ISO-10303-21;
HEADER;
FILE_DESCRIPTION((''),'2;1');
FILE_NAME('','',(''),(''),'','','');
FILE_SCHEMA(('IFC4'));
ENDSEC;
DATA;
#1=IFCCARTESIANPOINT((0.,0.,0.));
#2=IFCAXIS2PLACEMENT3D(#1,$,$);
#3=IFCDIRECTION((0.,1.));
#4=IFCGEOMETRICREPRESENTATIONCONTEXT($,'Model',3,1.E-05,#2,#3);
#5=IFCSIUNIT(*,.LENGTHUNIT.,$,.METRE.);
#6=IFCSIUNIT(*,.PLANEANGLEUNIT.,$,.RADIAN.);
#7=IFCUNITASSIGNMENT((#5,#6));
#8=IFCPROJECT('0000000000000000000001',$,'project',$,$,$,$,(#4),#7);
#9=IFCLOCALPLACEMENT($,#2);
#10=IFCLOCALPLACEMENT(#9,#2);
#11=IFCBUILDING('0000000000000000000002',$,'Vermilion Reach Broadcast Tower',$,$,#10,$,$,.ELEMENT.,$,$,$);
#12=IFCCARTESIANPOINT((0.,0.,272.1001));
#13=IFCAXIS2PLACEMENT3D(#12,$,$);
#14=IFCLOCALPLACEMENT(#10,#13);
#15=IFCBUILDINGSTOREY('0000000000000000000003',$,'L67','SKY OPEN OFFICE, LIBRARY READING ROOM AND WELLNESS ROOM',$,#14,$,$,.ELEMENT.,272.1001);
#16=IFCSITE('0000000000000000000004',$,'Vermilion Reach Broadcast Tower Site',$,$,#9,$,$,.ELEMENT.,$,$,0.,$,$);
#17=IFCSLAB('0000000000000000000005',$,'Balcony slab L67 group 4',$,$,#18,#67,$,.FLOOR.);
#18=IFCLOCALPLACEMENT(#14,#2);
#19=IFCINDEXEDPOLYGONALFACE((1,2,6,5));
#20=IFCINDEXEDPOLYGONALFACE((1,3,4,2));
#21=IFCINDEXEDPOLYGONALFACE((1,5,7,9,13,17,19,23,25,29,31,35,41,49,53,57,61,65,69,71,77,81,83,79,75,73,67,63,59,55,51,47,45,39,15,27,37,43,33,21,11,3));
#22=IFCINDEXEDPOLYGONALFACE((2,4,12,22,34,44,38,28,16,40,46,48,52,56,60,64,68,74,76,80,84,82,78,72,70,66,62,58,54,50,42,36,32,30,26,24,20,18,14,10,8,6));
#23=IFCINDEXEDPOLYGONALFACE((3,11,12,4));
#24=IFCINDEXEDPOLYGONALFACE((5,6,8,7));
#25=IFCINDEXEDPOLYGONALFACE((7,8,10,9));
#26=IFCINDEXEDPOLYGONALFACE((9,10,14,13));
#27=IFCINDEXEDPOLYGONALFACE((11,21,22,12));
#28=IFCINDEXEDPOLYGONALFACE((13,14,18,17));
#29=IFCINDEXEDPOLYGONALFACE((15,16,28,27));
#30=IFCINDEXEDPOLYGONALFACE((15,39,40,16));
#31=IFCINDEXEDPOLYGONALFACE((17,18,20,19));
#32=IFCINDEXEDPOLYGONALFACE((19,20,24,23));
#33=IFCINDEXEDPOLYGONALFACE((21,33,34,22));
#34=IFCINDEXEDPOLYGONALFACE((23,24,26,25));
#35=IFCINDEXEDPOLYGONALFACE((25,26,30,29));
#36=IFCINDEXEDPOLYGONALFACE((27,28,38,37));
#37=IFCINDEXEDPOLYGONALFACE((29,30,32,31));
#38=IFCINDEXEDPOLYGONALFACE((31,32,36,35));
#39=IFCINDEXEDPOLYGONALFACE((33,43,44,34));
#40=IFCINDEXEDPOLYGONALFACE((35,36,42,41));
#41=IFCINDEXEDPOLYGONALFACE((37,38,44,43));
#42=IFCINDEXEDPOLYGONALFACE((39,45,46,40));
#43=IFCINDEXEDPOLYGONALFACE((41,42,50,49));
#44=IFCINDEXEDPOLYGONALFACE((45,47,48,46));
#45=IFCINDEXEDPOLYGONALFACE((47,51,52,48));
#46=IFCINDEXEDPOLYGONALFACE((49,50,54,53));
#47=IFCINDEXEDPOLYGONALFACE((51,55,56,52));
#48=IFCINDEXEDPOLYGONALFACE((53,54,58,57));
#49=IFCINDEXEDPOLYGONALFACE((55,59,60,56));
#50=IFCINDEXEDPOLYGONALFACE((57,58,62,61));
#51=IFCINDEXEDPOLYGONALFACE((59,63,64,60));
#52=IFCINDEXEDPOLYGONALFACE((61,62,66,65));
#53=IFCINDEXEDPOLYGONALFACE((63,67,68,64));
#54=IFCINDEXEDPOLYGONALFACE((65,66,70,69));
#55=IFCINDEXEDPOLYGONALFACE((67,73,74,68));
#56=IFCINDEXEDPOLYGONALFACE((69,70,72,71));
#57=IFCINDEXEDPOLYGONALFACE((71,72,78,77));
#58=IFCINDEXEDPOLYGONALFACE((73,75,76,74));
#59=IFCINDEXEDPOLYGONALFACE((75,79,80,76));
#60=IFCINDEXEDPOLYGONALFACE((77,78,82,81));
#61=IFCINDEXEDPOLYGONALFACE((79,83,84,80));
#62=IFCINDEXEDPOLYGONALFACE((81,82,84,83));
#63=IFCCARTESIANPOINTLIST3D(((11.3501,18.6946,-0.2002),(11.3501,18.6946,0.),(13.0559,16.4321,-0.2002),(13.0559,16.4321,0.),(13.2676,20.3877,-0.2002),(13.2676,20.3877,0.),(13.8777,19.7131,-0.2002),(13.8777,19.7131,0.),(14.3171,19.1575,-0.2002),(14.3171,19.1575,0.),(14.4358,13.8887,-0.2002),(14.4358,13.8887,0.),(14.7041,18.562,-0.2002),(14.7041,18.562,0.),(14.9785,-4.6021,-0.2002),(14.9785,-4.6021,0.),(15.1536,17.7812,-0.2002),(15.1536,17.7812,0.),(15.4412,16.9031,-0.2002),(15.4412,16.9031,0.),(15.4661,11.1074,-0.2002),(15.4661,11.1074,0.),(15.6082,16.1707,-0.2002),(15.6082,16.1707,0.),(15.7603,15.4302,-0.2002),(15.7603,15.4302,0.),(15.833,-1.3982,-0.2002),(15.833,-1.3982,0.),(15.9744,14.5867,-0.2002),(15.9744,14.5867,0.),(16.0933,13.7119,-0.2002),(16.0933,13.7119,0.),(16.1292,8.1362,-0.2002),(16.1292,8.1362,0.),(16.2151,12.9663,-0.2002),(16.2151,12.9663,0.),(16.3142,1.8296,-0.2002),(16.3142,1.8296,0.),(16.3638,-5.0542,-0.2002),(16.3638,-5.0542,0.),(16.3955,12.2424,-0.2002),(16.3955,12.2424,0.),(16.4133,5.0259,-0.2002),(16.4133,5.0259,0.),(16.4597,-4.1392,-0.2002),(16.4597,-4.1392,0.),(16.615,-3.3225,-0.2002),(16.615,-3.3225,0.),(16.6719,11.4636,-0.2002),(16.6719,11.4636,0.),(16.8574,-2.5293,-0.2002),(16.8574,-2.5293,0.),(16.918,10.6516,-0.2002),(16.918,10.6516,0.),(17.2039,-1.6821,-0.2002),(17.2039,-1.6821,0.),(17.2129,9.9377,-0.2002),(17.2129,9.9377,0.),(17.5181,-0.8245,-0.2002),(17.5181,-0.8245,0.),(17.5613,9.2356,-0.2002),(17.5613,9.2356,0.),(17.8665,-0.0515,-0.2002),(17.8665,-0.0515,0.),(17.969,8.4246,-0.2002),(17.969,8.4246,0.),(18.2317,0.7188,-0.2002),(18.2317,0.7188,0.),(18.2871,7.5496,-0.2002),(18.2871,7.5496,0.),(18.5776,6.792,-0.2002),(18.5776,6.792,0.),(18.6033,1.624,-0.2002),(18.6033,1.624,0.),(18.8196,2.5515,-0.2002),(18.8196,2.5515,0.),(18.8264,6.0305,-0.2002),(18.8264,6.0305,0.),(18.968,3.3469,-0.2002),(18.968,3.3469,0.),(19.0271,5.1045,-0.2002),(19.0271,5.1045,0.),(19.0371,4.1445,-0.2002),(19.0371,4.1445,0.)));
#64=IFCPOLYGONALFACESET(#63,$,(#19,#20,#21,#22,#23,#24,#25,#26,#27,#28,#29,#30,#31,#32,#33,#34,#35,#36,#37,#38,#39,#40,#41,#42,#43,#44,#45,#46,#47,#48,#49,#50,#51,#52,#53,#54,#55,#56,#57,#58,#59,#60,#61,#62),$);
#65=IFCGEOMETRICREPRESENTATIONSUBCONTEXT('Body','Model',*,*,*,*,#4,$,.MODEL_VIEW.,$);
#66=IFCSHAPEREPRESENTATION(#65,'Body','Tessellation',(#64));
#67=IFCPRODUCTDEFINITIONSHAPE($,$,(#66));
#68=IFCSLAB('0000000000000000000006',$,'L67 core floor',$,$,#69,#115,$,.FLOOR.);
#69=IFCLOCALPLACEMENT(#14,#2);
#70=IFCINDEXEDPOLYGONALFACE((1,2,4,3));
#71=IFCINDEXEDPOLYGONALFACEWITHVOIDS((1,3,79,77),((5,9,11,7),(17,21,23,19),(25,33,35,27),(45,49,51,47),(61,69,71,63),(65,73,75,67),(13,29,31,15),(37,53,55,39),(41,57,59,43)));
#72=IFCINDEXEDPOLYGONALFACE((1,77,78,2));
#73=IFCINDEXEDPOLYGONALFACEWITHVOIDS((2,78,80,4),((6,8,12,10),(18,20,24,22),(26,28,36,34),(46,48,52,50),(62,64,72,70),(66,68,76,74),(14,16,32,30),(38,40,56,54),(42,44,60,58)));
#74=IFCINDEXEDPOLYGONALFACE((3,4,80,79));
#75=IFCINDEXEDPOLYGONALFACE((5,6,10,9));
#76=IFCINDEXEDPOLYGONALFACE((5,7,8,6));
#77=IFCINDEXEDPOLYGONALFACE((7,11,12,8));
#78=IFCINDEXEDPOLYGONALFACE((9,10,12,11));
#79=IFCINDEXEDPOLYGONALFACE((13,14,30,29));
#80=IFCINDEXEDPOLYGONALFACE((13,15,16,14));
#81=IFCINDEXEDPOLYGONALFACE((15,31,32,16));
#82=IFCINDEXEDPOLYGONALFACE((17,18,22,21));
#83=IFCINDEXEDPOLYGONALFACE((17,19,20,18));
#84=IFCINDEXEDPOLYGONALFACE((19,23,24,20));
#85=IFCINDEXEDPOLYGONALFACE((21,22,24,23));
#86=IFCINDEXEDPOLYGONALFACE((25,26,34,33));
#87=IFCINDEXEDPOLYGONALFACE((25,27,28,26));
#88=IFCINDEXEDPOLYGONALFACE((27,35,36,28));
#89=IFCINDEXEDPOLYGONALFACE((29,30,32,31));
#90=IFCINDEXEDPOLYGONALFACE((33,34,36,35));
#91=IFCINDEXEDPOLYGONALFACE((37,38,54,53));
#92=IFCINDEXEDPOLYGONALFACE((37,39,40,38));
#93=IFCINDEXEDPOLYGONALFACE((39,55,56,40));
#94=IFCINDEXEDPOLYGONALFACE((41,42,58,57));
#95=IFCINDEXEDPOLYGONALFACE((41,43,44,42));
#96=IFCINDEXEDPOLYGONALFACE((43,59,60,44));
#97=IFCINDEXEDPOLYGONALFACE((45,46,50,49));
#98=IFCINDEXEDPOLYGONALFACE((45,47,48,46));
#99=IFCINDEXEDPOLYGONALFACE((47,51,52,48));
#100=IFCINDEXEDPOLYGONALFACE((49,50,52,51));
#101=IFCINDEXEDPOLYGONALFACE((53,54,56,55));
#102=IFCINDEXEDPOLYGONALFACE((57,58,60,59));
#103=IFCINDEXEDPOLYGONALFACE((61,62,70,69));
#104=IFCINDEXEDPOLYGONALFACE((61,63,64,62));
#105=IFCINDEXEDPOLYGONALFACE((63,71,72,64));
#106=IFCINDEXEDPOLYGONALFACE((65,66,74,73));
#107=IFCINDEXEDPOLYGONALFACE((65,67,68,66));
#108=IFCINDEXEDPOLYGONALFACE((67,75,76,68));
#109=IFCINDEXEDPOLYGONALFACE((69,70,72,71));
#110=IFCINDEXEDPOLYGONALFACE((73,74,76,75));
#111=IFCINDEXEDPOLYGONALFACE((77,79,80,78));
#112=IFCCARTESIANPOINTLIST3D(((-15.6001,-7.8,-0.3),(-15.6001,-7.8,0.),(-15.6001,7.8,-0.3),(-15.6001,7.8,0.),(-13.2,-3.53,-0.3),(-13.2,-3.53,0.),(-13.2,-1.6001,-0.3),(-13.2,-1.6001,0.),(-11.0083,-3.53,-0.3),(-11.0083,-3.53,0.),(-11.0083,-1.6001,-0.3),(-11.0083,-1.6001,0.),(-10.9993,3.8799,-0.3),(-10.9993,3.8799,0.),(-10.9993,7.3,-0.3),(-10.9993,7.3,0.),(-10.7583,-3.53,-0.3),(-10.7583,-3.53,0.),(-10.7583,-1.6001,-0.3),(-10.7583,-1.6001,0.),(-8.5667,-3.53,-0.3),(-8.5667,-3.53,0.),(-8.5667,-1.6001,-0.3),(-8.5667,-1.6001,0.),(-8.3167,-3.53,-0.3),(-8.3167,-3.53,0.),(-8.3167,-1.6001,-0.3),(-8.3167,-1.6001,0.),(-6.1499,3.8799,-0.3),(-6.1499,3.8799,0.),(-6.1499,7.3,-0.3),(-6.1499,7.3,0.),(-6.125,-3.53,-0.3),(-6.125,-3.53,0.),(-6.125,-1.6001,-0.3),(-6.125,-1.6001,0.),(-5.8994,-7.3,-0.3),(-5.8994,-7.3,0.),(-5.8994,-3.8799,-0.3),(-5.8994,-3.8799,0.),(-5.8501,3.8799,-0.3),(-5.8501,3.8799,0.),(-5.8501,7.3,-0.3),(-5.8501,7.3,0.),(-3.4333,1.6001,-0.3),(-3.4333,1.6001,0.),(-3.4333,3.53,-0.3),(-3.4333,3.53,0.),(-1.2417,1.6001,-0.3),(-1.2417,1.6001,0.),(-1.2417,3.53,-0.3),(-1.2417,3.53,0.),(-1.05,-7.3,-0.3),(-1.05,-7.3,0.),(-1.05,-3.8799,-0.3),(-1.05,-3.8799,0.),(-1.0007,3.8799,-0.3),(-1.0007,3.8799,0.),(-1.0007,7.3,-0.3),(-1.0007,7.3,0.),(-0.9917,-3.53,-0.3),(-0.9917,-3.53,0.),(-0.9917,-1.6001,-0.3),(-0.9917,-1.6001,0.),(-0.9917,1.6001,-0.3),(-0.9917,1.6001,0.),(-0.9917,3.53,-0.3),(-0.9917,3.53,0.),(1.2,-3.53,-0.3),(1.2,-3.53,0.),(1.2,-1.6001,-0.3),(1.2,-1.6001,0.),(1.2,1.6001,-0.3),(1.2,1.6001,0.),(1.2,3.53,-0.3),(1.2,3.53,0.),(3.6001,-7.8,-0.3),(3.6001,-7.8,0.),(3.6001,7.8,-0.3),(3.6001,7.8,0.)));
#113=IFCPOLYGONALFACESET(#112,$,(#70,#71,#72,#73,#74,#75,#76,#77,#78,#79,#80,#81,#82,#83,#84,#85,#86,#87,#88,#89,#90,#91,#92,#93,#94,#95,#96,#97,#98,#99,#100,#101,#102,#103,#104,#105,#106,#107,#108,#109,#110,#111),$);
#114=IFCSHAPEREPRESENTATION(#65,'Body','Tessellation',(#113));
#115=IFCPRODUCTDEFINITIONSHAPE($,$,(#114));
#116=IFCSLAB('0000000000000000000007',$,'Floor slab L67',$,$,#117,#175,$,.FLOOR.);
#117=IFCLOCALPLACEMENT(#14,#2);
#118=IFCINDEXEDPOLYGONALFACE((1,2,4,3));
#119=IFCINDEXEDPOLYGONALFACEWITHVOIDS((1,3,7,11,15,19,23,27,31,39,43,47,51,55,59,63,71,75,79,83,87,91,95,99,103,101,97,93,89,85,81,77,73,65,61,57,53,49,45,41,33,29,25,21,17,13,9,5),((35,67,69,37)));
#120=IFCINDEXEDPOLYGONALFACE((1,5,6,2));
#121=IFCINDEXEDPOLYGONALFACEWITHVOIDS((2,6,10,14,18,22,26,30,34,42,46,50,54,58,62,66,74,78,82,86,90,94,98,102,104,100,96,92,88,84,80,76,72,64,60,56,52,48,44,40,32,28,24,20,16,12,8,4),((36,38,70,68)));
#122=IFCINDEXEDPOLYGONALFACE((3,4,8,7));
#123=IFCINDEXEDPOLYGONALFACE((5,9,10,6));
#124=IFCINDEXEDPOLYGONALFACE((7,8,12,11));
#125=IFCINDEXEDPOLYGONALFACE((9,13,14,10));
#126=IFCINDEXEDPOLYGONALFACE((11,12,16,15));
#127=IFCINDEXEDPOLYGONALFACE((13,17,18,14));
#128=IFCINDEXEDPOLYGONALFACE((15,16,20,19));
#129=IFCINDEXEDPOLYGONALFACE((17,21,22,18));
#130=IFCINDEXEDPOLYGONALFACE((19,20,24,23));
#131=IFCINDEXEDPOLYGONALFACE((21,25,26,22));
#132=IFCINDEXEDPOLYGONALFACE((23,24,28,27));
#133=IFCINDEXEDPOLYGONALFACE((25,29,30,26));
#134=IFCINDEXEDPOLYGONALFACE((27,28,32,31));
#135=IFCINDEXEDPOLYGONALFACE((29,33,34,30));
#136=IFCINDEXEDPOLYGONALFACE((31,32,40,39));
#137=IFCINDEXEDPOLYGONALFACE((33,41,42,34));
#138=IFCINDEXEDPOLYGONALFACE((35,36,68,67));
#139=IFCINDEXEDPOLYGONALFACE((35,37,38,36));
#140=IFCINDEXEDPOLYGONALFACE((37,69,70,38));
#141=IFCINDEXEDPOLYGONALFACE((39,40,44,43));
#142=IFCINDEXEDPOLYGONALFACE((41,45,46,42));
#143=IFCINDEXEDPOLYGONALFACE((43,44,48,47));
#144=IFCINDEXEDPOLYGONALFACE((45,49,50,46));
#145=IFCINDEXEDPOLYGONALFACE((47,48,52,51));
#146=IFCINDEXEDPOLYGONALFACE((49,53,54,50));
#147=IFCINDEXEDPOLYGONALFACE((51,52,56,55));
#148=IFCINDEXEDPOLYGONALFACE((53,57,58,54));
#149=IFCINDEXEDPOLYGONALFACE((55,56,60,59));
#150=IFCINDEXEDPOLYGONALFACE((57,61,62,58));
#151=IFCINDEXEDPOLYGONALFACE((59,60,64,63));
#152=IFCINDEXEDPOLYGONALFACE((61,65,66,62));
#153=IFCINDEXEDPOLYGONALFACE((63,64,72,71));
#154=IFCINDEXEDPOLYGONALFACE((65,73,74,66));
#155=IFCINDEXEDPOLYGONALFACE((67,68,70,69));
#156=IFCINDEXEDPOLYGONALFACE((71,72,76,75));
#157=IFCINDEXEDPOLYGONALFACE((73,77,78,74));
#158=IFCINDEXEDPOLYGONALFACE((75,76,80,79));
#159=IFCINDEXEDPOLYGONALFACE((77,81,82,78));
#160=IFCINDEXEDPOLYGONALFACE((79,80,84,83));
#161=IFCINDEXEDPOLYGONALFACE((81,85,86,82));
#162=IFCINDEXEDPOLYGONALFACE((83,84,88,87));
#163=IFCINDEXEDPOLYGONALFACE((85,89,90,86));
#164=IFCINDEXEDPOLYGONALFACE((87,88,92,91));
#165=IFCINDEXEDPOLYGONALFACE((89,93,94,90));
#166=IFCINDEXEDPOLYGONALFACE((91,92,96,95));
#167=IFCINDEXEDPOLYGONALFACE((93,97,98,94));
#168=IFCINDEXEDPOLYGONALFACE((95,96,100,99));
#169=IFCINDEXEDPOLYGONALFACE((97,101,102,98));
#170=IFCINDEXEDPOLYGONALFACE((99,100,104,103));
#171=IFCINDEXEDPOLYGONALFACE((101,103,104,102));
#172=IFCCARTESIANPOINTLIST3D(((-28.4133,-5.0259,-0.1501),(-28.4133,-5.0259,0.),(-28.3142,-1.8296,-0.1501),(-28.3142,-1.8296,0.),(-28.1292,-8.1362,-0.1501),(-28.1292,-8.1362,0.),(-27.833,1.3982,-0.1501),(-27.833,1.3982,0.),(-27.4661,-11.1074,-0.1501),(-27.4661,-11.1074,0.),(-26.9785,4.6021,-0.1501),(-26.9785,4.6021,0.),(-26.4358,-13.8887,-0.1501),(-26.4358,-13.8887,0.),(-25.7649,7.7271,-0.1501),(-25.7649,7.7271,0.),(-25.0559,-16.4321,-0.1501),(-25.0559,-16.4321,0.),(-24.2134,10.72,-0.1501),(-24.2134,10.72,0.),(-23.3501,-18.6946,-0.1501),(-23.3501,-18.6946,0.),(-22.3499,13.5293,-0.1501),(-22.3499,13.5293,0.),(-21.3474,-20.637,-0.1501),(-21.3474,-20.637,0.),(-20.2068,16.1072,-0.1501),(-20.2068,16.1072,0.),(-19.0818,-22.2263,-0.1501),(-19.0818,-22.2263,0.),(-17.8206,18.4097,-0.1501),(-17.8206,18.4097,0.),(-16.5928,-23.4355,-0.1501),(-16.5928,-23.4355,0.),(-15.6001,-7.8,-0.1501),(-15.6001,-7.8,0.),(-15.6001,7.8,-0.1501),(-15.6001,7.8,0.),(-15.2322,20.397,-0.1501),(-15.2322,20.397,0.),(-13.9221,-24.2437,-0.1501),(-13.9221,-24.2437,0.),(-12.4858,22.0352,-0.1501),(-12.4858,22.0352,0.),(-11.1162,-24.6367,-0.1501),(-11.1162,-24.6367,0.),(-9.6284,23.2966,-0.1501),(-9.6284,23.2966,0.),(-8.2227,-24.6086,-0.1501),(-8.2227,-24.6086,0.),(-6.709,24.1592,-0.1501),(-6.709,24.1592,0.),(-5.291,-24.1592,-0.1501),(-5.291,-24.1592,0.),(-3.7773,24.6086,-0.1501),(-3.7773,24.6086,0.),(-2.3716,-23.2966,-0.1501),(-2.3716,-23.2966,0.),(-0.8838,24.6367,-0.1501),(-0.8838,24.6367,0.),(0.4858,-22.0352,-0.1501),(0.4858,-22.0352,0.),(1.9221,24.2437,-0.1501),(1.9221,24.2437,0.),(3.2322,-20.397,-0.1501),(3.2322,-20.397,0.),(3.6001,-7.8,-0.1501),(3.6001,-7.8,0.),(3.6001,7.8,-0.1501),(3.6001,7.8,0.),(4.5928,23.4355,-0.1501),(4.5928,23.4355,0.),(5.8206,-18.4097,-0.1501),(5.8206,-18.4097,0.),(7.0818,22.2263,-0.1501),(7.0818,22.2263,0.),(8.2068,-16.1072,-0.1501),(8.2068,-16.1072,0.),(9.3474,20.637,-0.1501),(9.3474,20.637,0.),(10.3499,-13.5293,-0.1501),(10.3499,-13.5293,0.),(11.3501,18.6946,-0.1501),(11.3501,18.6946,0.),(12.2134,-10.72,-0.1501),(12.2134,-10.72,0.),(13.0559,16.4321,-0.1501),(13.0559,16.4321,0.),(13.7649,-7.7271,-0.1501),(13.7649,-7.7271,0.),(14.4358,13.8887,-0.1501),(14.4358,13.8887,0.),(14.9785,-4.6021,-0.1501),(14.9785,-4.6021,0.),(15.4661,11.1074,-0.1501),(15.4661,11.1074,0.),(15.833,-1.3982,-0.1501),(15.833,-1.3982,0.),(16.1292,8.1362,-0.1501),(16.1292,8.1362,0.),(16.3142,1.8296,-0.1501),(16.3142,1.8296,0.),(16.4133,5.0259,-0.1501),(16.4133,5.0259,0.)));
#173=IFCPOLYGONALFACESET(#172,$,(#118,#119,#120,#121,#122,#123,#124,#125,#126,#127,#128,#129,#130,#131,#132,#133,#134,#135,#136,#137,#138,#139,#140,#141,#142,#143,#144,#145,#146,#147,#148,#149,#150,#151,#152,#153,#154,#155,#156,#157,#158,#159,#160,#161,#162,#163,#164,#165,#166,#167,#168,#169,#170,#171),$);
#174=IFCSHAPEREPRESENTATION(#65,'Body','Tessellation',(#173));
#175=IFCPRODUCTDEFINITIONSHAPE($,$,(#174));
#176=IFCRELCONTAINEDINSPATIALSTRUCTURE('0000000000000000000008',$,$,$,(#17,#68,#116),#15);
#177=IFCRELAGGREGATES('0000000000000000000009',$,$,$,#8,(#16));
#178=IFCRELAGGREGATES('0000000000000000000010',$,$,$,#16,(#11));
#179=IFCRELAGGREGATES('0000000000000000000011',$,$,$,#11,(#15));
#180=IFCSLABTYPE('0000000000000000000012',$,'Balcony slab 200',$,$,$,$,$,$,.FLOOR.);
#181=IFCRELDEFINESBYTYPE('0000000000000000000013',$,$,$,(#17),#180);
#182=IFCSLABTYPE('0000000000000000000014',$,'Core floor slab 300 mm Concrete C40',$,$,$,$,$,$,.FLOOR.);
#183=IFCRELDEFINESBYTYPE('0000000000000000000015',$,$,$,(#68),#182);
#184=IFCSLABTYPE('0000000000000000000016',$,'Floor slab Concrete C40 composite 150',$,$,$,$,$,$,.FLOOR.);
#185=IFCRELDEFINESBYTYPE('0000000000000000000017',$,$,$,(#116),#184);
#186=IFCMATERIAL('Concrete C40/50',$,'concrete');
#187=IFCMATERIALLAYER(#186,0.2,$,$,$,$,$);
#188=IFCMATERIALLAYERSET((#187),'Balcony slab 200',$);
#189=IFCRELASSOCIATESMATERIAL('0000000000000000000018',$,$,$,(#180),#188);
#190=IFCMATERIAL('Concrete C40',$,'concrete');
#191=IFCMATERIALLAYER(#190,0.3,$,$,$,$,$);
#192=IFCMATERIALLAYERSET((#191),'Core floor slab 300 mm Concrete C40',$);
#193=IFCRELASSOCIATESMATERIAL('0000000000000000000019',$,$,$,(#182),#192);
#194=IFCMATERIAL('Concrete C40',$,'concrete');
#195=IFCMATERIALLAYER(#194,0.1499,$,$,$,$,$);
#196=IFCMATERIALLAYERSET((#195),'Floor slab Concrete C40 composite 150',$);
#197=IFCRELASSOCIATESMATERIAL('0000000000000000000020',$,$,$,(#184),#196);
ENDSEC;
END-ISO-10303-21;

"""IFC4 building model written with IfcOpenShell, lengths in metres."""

from ifc_helpers import new_model, si_unit, direction, frame, origin, place, context, subcontext, project, spatial, polyline, outline, extrude, material, layer, layer_set, type_object, element, save


model = new_model("IFC4")

# Units and contexts
model_context = context("Model", 3, precision=1e-05, world=origin(), true_north=direction((0.0, 1.0)))
body_context = subcontext(model_context, "Body", "Model", "MODEL_VIEW")
ifc_project = project(units=[si_unit("LENGTHUNIT", "METRE"), si_unit("PLANEANGLEUNIT", "RADIAN")], contexts=[model_context])

# Site, building, storey
site_placement = place(None, origin())
site = spatial("IfcSite", under=ifc_project, at=site_placement, Name="Vermilion Reach Broadcast Tower Site", CompositionType="ELEMENT", RefElevation=0.0)
building_placement = place(site_placement, origin())
building = spatial("IfcBuilding", under=site, at=building_placement, Name="Vermilion Reach Broadcast Tower", CompositionType="ELEMENT")
storey_placement = place(building_placement, frame((0.0, 0.0, 272.1001)))
storey = spatial("IfcBuildingStorey", under=building, at=storey_placement, Name="L67", Description="SKY OPEN OFFICE, LIBRARY READING ROOM AND WELLNESS ROOM", CompositionType="ELEMENT", Elevation=272.1001)

# Slabs
ifc_material_1 = material(Name="Concrete C40/50", Category="concrete")
ifc_layer_1 = layer(ifc_material_1, 0.2)
ifc_layer_set_1 = layer_set([ifc_layer_1], Name="Balcony slab 200")
slab_type_1 = type_object("IfcSlabType", Name="Balcony slab 200", PredefinedType="FLOOR", material=ifc_layer_set_1)
placement_1 = place(storey_placement, frame((0.0, 0.0, -0.2002)))
element("IfcSlab", 1, at=placement_1, inside=storey, type_object=slab_type_1, Name="Balcony slab L67 group 4", PredefinedType="FLOOR", context=body_context, shape_type="SweptSolid", body=[
    extrude(outline(polyline([(14.9785, -4.6021), (15.833, -1.3982), (16.3142, 1.8296), (16.4133, 5.0259), (16.1292, 8.1362), (15.4661, 11.1074), (14.4358, 13.8887), (13.0559, 16.4321), (11.3501, 18.6946), (13.2676, 20.3877), (13.8777, 19.7131), (14.3171, 19.1575), (14.7041, 18.562), (15.1536, 17.7812), (15.4412, 16.9031), (15.6082, 16.1707), (15.7603, 15.4302), (15.9744, 14.5867), (16.0933, 13.7119), (16.2151, 12.9663), (16.3955, 12.2424), (16.6719, 11.4636), (16.918, 10.6516), (17.2129, 9.9377), (17.5613, 9.2356), (17.969, 8.4246), (18.2871, 7.5496), (18.5776, 6.792), (18.8264, 6.0305), (19.0271, 5.1045), (19.0371, 4.1445), (18.968, 3.3469), (18.8196, 2.5515), (18.6033, 1.624), (18.2317, 0.7188), (17.8665, -0.0515), (17.5181, -0.8245), (17.2039, -1.6821), (16.8574, -2.5293), (16.615, -3.3225), (16.4597, -4.1392), (16.3638, -5.0542), (14.9785, -4.6021)])), origin(), (0.0, 0.0, 1.0), 0.2002),
])
ifc_material_2 = material(Name="Concrete C40", Category="concrete")
ifc_layer_2 = layer(ifc_material_2, 0.3)
ifc_layer_set_2 = layer_set([ifc_layer_2], Name="Core floor slab 300 mm Concrete C40")
slab_type_2 = type_object("IfcSlabType", Name="Core floor slab 300 mm Concrete C40", PredefinedType="FLOOR", material=ifc_layer_set_2)
slab_1_placement = place(storey_placement, frame((0.0, 0.0, -0.3)))
element("IfcSlab", 2, at=slab_1_placement, inside=storey, type_object=slab_type_2, Name="L67 core floor", PredefinedType="FLOOR", context=body_context, shape_type="SweptSolid", body=[
    extrude(outline(polyline([(-15.6001, -7.8), (3.6001, -7.8), (3.6001, 7.8), (-15.6001, 7.8), (-15.6001, -7.8)]), holes=[polyline([(-3.4333, 1.6001), (-1.2417, 1.6001), (-1.2417, 3.53), (-3.4333, 3.53), (-3.4333, 1.6001)]), polyline([(-0.9917, 1.6001), (1.2, 1.6001), (1.2, 3.53), (-0.9917, 3.53), (-0.9917, 1.6001)]), polyline([(-13.2, -3.53), (-11.0083, -3.53), (-11.0083, -1.6001), (-13.2, -1.6001), (-13.2, -3.53)]), polyline([(-10.7583, -3.53), (-8.5667, -3.53), (-8.5667, -1.6001), (-10.7583, -1.6001), (-10.7583, -3.53)]), polyline([(-8.3167, -3.53), (-6.125, -3.53), (-6.125, -1.6001), (-8.3167, -1.6001), (-8.3167, -3.53)]), polyline([(-0.9917, -3.53), (1.2, -3.53), (1.2, -1.6001), (-0.9917, -1.6001), (-0.9917, -3.53)]), polyline([(-10.9993, 3.8799), (-6.1499, 3.8799), (-6.1499, 7.3), (-10.9993, 7.3), (-10.9993, 3.8799)]), polyline([(-1.0007, 7.3), (-5.8501, 7.3), (-5.8501, 3.8799), (-1.0007, 3.8799), (-1.0007, 7.3)]), polyline([(-5.8994, -7.3), (-1.05, -7.3), (-1.05, -3.8799), (-5.8994, -3.8799), (-5.8994, -7.3)])]), origin(), (0.0, 0.0, 1.0), 0.3),
])
ifc_material_3 = material(Name="Concrete C40", Category="concrete")
ifc_layer_3 = layer(ifc_material_3, 0.1499)
ifc_layer_set_3 = layer_set([ifc_layer_3], Name="Floor slab Concrete C40 composite 150")
slab_type_3 = type_object("IfcSlabType", Name="Floor slab Concrete C40 composite 150", PredefinedType="FLOOR", material=ifc_layer_set_3)
slab_2_placement = place(storey_placement, frame((0.0, 0.0, -0.1501)))
element("IfcSlab", 3, at=slab_2_placement, inside=storey, type_object=slab_type_3, Name="Floor slab L67", PredefinedType="FLOOR", context=body_context, shape_type="SweptSolid", body=[
    extrude(outline(polyline([(7.0818, 22.2263), (4.5928, 23.4355), (1.9221, 24.2437), (-0.8838, 24.6367), (-3.7773, 24.6086), (-6.709, 24.1592), (-9.6284, 23.2966), (-12.4858, 22.0352), (-15.2322, 20.397), (-17.8206, 18.4097), (-20.2068, 16.1072), (-22.3499, 13.5293), (-24.2134, 10.72), (-25.7649, 7.7271), (-26.9785, 4.6021), (-27.833, 1.3982), (-28.3142, -1.8296), (-28.4133, -5.0259), (-28.1292, -8.1362), (-27.4661, -11.1074), (-26.4358, -13.8887), (-25.0559, -16.4321), (-23.3501, -18.6946), (-21.3474, -20.637), (-19.0818, -22.2263), (-16.5928, -23.4355), (-13.9221, -24.2437), (-11.1162, -24.6367), (-8.2227, -24.6086), (-5.291, -24.1592), (-2.3716, -23.2966), (0.4858, -22.0352), (3.2322, -20.397), (5.8206, -18.4097), (8.2068, -16.1072), (10.3499, -13.5293), (12.2134, -10.72), (13.7649, -7.7271), (14.9785, -4.6021), (15.833, -1.3982), (16.3142, 1.8296), (16.4133, 5.0259), (16.1292, 8.1362), (15.4661, 11.1074), (14.4358, 13.8887), (13.0559, 16.4321), (11.3501, 18.6946), (9.3474, 20.637), (7.0818, 22.2263)]), holes=[polyline([(-15.6001, -7.8), (3.6001, -7.8), (3.6001, 7.8), (-15.6001, 7.8), (-15.6001, -7.8)])]), origin(), (0.0, 0.0, 1.0), 0.1501),
])

save(model, "model.ifc")
